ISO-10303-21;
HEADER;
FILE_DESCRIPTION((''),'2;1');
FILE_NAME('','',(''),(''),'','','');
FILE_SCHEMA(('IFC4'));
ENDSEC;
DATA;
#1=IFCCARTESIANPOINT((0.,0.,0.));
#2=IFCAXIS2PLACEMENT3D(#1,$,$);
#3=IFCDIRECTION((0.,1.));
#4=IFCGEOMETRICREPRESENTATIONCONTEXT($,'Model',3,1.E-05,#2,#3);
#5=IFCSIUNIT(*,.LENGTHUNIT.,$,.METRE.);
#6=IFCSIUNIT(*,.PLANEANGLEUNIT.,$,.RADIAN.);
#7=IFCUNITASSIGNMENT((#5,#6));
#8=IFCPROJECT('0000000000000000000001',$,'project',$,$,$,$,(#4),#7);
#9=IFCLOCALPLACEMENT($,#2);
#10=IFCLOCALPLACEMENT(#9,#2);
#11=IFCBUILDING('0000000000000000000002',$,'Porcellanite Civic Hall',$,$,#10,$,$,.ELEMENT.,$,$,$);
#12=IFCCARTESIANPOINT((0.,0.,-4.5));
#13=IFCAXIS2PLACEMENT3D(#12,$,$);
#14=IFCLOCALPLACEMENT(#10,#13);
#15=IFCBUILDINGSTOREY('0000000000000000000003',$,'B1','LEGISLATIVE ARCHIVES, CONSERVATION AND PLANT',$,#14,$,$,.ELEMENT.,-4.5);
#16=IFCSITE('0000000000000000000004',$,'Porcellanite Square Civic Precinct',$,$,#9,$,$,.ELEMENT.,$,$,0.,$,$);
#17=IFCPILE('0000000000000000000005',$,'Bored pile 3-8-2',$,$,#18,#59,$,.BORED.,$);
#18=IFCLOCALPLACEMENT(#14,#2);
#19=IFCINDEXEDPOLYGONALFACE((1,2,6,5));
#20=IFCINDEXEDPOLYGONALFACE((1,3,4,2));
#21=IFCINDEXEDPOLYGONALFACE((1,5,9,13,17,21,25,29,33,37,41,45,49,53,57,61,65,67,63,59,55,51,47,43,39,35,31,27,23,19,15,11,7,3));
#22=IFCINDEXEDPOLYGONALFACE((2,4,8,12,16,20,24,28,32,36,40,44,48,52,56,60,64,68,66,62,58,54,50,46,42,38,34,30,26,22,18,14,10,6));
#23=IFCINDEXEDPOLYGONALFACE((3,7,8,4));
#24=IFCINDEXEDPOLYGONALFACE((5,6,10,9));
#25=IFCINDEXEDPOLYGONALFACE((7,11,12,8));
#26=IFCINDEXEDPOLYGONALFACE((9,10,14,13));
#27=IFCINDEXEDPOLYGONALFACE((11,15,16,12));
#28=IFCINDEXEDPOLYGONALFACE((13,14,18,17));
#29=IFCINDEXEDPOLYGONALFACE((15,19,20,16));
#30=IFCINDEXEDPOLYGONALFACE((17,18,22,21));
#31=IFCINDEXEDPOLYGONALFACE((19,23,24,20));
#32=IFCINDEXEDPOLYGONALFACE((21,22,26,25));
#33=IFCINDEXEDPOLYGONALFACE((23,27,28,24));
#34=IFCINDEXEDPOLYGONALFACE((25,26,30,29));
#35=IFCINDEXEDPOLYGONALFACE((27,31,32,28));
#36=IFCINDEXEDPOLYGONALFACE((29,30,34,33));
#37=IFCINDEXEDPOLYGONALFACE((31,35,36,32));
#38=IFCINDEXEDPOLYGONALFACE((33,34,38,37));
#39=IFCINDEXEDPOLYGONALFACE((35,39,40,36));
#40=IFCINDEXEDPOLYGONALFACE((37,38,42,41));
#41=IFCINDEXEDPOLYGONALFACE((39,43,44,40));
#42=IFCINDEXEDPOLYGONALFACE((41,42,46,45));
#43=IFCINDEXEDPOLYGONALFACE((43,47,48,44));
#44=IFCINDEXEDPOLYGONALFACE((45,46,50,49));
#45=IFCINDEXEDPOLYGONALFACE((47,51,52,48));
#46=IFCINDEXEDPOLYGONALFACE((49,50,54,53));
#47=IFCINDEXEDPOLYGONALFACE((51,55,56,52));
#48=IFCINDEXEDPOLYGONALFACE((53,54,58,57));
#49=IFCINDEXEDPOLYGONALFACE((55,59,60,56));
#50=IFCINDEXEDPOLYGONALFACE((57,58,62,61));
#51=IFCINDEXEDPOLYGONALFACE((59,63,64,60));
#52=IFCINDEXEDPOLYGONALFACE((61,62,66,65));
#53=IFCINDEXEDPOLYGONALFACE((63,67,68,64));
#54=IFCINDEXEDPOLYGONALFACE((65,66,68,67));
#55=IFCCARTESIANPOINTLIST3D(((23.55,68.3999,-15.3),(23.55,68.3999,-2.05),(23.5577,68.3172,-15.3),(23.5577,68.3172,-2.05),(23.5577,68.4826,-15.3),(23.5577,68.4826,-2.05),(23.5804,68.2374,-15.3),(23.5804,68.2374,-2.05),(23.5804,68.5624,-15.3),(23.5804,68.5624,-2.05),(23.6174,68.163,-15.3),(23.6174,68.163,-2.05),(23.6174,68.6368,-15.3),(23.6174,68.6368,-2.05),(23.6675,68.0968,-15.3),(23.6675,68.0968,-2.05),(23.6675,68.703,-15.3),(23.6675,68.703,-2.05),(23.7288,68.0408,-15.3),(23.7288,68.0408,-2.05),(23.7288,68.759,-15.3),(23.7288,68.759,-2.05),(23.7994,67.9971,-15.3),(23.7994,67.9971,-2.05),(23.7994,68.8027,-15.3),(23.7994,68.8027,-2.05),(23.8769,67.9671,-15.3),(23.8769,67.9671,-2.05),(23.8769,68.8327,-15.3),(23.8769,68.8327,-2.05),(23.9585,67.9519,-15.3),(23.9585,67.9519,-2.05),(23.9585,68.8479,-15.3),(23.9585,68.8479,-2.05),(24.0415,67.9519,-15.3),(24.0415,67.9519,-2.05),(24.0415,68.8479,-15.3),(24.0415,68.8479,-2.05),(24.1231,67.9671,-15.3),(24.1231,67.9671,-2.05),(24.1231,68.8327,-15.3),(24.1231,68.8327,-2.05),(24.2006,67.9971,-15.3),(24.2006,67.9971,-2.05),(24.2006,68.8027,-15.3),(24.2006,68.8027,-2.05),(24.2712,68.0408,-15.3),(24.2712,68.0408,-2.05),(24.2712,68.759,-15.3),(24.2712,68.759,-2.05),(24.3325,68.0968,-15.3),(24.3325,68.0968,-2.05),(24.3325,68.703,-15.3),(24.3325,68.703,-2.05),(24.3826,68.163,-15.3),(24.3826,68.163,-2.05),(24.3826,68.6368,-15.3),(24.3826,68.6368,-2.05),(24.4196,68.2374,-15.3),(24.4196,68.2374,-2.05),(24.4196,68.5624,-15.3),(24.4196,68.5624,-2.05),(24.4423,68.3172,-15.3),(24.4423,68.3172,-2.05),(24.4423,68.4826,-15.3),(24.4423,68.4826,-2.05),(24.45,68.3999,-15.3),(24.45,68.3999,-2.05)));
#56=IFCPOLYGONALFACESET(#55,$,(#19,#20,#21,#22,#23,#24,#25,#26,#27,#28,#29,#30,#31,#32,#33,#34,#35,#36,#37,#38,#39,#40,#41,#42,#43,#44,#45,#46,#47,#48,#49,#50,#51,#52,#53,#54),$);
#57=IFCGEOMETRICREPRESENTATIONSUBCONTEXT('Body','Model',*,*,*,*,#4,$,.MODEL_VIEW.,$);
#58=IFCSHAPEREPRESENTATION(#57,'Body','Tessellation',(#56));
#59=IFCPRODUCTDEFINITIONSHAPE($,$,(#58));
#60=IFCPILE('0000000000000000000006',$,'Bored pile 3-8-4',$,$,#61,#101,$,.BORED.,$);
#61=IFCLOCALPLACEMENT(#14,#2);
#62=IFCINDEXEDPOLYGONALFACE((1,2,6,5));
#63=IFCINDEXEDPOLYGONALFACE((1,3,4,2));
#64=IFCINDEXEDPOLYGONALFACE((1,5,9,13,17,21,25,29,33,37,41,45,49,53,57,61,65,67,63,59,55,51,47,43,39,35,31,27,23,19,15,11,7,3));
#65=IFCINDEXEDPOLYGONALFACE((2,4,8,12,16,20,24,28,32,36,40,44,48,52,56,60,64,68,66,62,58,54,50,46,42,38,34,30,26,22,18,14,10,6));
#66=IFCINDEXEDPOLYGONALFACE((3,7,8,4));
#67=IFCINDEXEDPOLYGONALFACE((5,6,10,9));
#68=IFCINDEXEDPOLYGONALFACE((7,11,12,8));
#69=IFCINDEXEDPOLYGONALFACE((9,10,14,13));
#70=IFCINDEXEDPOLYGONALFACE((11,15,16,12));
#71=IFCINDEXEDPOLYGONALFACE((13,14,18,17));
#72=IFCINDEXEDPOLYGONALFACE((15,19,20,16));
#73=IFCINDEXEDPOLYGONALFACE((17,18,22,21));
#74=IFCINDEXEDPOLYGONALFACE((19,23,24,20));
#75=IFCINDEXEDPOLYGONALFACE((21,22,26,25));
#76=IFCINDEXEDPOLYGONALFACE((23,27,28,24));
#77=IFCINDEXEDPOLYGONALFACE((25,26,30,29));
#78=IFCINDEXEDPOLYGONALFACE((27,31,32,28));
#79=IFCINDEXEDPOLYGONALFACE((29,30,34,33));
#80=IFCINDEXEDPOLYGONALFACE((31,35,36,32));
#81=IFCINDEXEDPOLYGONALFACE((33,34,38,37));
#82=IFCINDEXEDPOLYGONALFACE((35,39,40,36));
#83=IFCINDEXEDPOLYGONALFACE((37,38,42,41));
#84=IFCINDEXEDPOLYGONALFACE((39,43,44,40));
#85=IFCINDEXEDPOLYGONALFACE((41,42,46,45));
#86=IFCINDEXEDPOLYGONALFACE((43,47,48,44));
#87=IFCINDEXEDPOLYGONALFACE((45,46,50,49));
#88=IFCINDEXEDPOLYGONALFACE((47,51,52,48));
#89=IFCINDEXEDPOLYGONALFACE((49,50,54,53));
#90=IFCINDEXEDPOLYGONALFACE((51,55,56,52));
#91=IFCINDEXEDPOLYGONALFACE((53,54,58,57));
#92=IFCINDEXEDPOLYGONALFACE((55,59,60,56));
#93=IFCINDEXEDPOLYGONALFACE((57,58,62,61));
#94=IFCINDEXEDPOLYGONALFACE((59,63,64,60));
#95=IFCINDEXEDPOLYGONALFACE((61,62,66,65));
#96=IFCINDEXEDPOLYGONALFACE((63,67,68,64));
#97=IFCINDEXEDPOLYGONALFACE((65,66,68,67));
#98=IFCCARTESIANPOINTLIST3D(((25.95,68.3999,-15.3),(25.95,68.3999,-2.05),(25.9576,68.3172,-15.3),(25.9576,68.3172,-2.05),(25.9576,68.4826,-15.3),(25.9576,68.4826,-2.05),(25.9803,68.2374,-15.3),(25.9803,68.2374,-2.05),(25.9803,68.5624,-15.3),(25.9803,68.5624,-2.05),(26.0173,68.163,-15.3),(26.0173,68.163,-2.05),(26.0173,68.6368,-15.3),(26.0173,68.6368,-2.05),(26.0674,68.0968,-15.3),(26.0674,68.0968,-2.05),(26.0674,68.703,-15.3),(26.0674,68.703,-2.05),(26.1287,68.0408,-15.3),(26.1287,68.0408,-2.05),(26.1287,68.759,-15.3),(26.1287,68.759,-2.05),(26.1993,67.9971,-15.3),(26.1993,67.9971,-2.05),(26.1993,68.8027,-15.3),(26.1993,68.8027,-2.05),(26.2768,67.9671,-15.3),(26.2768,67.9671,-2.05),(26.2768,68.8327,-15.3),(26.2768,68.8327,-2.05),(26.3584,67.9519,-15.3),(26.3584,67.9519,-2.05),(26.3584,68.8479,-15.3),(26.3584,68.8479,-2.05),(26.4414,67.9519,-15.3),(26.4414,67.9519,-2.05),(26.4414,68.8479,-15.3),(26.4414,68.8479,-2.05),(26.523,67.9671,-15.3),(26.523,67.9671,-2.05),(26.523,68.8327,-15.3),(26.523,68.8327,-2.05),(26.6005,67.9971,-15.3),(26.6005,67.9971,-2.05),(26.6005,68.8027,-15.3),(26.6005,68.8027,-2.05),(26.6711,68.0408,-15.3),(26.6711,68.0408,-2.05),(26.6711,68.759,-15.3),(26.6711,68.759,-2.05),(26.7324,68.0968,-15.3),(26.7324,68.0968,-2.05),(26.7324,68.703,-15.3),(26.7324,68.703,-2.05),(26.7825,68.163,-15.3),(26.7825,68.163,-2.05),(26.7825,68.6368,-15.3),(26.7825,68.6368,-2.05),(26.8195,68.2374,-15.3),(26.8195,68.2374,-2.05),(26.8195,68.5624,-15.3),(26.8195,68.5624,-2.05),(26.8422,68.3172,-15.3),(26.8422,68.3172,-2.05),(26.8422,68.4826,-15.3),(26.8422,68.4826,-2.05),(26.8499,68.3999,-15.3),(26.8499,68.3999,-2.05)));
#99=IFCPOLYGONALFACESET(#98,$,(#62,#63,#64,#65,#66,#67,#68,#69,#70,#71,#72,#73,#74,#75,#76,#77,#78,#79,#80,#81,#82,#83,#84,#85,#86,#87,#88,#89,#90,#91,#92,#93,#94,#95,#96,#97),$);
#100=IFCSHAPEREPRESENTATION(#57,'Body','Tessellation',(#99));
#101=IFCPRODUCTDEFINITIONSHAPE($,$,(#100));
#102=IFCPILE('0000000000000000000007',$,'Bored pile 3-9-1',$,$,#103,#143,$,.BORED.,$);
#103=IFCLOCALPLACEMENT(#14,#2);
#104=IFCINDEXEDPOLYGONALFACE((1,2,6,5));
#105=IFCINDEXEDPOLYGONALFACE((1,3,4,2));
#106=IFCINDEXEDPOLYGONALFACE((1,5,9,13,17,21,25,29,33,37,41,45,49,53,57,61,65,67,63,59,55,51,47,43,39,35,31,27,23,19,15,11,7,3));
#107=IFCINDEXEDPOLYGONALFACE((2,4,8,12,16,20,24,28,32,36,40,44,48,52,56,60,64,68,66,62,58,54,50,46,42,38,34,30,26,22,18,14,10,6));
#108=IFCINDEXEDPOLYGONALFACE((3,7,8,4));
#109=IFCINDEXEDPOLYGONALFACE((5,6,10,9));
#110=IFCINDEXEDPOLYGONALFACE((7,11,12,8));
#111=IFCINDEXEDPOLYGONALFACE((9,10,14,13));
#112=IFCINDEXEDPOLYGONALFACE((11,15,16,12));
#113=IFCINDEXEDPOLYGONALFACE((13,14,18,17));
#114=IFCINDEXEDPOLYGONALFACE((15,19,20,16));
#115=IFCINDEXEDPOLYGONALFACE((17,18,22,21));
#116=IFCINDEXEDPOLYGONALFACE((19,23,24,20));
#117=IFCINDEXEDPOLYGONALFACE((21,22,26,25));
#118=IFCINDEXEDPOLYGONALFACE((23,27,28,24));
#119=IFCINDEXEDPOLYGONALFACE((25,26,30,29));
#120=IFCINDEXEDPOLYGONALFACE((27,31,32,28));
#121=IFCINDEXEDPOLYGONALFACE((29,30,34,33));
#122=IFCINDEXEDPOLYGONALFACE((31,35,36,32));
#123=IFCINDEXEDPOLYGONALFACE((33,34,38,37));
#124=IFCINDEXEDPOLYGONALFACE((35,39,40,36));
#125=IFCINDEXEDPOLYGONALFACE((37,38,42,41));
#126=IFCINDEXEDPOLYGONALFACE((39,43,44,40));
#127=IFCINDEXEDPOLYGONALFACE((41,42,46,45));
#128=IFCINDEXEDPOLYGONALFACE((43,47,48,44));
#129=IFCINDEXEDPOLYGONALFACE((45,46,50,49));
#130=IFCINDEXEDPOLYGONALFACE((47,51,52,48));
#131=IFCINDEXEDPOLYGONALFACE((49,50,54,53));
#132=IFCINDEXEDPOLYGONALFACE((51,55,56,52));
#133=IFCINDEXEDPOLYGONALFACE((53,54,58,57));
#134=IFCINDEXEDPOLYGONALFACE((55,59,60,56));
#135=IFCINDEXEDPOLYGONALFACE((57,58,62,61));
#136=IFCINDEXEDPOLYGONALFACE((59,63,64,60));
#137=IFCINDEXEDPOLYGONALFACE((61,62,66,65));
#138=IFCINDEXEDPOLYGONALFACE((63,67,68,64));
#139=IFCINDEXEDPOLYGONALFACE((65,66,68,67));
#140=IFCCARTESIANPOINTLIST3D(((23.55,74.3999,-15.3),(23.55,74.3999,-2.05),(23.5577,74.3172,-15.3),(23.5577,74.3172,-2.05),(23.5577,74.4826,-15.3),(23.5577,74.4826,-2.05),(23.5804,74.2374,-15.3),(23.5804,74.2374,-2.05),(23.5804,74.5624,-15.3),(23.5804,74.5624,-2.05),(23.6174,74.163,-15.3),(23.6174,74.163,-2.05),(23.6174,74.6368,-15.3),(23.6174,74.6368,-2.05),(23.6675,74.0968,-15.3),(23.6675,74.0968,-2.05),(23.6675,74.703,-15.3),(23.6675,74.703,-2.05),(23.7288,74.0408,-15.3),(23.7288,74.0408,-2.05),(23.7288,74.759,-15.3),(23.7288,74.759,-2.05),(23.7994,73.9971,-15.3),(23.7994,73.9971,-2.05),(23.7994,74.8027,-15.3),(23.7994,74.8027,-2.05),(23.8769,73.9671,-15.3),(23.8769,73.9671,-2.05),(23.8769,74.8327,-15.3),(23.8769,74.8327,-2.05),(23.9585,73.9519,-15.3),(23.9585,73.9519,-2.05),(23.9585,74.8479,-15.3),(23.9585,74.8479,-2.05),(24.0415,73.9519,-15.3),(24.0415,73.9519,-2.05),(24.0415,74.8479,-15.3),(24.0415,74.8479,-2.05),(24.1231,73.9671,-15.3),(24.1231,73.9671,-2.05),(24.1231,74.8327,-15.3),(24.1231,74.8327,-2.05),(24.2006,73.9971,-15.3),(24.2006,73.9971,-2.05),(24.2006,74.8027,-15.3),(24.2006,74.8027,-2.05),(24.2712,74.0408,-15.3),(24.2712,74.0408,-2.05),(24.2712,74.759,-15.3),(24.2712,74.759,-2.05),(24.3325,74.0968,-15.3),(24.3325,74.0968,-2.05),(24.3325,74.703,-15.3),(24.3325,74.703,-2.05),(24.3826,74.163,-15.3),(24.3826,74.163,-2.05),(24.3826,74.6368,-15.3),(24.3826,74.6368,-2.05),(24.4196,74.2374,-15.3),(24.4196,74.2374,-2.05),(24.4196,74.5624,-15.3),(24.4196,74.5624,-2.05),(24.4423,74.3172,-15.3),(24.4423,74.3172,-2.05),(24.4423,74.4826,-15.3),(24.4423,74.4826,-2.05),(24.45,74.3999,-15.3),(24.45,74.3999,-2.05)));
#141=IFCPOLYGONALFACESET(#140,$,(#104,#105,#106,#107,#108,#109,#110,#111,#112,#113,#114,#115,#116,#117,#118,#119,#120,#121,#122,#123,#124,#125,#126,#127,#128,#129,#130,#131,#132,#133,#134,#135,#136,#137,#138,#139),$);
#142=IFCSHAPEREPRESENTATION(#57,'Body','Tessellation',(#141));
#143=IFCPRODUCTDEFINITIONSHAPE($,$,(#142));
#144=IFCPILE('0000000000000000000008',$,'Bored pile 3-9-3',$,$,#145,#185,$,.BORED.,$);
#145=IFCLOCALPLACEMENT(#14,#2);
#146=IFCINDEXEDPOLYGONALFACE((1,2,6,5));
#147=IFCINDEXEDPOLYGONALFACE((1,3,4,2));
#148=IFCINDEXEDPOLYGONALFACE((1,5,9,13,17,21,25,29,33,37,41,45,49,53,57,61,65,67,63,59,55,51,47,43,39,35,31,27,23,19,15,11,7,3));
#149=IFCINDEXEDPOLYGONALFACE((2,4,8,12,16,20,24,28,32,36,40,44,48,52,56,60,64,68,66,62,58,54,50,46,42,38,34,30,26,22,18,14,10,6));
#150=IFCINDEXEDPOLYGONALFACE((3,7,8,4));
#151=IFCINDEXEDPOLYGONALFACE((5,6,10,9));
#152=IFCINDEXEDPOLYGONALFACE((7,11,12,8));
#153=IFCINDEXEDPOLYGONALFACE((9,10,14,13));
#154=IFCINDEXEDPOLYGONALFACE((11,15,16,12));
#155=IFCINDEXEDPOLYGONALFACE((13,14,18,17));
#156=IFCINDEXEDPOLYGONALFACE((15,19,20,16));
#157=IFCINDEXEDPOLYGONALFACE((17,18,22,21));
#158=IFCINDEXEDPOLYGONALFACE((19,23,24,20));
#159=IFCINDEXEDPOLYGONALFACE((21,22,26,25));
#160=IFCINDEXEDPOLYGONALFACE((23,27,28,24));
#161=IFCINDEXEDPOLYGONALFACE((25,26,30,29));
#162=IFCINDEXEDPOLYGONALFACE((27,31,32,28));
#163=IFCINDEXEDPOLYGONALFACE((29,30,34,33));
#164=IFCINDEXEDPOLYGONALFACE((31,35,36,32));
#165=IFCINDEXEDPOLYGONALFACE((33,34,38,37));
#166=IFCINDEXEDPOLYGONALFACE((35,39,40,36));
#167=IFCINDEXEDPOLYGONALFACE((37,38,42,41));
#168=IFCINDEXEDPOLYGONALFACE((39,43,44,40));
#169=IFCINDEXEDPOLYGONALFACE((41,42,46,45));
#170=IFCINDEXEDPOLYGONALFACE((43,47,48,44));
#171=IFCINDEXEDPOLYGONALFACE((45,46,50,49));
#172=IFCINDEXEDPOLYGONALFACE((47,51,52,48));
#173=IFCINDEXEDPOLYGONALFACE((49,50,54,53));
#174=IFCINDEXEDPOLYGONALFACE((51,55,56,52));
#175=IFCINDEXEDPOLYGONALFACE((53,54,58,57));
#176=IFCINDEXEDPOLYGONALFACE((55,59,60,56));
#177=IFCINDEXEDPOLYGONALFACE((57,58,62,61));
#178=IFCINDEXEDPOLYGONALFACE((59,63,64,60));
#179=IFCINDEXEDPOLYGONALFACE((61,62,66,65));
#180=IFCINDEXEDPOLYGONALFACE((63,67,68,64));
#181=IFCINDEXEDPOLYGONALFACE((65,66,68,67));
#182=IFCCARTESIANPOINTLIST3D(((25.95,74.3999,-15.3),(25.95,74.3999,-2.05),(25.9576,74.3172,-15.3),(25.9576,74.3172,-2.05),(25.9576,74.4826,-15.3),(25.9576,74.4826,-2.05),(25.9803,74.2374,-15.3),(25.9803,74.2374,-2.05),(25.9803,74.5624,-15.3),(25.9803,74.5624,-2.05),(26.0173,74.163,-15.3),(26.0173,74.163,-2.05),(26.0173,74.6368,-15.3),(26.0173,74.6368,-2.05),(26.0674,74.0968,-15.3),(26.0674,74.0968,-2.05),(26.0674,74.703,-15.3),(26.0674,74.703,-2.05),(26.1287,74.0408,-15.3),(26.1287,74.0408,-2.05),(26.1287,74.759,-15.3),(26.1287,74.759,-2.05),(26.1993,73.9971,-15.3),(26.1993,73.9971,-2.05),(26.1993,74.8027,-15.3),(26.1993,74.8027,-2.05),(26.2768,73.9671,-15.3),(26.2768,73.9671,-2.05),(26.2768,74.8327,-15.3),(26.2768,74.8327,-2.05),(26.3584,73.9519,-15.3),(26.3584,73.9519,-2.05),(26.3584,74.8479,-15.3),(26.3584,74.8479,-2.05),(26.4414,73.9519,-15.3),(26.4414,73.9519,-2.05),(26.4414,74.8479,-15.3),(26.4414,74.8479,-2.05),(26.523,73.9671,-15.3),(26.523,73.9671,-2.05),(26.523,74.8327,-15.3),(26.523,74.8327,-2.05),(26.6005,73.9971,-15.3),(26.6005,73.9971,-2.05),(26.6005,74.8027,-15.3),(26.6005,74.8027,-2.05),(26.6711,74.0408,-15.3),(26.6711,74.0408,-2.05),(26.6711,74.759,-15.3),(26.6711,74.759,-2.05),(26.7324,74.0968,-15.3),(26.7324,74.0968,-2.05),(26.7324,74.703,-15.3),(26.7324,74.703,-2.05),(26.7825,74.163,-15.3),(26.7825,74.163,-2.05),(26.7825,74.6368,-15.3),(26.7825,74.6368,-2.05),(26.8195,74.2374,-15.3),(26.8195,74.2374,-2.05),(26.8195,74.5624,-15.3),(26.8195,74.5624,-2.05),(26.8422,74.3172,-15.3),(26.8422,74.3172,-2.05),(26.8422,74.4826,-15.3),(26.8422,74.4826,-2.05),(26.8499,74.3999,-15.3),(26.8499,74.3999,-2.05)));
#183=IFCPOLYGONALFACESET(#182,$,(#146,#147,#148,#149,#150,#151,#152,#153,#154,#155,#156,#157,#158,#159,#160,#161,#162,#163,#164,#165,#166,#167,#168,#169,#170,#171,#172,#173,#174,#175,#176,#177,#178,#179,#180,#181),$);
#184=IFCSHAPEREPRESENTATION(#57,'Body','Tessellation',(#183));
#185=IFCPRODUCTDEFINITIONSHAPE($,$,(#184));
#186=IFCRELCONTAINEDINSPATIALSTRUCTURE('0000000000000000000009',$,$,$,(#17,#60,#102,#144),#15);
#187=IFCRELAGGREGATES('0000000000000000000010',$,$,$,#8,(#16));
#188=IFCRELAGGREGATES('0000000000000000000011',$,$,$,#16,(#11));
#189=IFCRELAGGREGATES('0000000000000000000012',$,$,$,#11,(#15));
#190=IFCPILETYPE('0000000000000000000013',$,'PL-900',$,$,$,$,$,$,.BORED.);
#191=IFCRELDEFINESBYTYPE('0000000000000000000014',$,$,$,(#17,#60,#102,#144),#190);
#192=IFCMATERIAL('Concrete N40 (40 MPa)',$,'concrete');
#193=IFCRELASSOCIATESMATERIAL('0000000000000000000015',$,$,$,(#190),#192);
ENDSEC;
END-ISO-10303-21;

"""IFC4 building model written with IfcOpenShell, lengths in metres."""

from ifc_helpers import new_model, si_unit, direction, frame, origin, origin_2d, place, context, subcontext, project, spatial, circle, extrude, material, material_profile, profile_set, type_object, element, save


model = new_model("IFC4")

# Units and contexts
model_context = context("Model", 3, precision=1e-05, world=origin(), true_north=direction((0.0, 1.0)))
body_context = subcontext(model_context, "Body", "Model", "MODEL_VIEW")
ifc_project = project(units=[si_unit("LENGTHUNIT", "METRE"), si_unit("PLANEANGLEUNIT", "RADIAN")], contexts=[model_context])

# Site, building, storey
site_placement = place(None, origin())
site = spatial("IfcSite", under=ifc_project, at=site_placement, Name="Porcellanite Square Civic Precinct", CompositionType="ELEMENT", RefElevation=0.0)
building_placement = place(site_placement, origin())
building = spatial("IfcBuilding", under=site, at=building_placement, Name="Porcellanite Civic Hall", CompositionType="ELEMENT")
storey_placement = place(building_placement, frame((0.0, 0.0, -4.5)))
storey = spatial("IfcBuildingStorey", under=building, at=storey_placement, Name="B1", Description="LEGISLATIVE ARCHIVES, CONSERVATION AND PLANT", CompositionType="ELEMENT", Elevation=-4.5)

# Piles
ifc_material_1 = material(Name="Concrete N40 (40 MPa)", Category="concrete")
ifc_material_profile_1 = material_profile(ifc_material_1, circle(Radius=0.45, at=origin_2d()), Name="PILE-D900")
ifc_profile_set_1 = profile_set([ifc_material_profile_1], Name="Concrete N40 (40 MPa)")
pile_type = type_object("IfcPileType", Name="PL-900", PredefinedType="BORED", material=ifc_profile_set_1)
for number, where, z_axis, x_axis, name in (
    (1, (24.0, 68.3999, -2.05), (0.0, 0.0, -1.0), (1.0, 0.0, 0.0), "Bored pile 3-8-2"),
    (2, (26.3999, 68.3999, -2.05), (0.0, 0.0, -1.0), (1.0, 0.0, 0.0), "Bored pile 3-8-4"),
    (3, (24.0, 74.3999, -2.05), (0.0, 0.0, -1.0), (1.0, 0.0, 0.0), "Bored pile 3-9-1"),
    (4, (26.3999, 74.3999, -2.05), (0.0, 0.0, -1.0), (1.0, 0.0, 0.0), "Bored pile 3-9-3"),
):
    element("IfcPile", number, at=place(storey_placement, frame(where, z_axis=z_axis, x_axis=x_axis)), inside=storey, type_object=pile_type, Name=name, PredefinedType="BORED", context=body_context, shape_type="SweptSolid", body=[
        extrude(circle(Radius=0.45, at=origin_2d()), origin(), (0.0, 0.0, 1.0), 13.25),
    ])

save(model, "model.ifc")
